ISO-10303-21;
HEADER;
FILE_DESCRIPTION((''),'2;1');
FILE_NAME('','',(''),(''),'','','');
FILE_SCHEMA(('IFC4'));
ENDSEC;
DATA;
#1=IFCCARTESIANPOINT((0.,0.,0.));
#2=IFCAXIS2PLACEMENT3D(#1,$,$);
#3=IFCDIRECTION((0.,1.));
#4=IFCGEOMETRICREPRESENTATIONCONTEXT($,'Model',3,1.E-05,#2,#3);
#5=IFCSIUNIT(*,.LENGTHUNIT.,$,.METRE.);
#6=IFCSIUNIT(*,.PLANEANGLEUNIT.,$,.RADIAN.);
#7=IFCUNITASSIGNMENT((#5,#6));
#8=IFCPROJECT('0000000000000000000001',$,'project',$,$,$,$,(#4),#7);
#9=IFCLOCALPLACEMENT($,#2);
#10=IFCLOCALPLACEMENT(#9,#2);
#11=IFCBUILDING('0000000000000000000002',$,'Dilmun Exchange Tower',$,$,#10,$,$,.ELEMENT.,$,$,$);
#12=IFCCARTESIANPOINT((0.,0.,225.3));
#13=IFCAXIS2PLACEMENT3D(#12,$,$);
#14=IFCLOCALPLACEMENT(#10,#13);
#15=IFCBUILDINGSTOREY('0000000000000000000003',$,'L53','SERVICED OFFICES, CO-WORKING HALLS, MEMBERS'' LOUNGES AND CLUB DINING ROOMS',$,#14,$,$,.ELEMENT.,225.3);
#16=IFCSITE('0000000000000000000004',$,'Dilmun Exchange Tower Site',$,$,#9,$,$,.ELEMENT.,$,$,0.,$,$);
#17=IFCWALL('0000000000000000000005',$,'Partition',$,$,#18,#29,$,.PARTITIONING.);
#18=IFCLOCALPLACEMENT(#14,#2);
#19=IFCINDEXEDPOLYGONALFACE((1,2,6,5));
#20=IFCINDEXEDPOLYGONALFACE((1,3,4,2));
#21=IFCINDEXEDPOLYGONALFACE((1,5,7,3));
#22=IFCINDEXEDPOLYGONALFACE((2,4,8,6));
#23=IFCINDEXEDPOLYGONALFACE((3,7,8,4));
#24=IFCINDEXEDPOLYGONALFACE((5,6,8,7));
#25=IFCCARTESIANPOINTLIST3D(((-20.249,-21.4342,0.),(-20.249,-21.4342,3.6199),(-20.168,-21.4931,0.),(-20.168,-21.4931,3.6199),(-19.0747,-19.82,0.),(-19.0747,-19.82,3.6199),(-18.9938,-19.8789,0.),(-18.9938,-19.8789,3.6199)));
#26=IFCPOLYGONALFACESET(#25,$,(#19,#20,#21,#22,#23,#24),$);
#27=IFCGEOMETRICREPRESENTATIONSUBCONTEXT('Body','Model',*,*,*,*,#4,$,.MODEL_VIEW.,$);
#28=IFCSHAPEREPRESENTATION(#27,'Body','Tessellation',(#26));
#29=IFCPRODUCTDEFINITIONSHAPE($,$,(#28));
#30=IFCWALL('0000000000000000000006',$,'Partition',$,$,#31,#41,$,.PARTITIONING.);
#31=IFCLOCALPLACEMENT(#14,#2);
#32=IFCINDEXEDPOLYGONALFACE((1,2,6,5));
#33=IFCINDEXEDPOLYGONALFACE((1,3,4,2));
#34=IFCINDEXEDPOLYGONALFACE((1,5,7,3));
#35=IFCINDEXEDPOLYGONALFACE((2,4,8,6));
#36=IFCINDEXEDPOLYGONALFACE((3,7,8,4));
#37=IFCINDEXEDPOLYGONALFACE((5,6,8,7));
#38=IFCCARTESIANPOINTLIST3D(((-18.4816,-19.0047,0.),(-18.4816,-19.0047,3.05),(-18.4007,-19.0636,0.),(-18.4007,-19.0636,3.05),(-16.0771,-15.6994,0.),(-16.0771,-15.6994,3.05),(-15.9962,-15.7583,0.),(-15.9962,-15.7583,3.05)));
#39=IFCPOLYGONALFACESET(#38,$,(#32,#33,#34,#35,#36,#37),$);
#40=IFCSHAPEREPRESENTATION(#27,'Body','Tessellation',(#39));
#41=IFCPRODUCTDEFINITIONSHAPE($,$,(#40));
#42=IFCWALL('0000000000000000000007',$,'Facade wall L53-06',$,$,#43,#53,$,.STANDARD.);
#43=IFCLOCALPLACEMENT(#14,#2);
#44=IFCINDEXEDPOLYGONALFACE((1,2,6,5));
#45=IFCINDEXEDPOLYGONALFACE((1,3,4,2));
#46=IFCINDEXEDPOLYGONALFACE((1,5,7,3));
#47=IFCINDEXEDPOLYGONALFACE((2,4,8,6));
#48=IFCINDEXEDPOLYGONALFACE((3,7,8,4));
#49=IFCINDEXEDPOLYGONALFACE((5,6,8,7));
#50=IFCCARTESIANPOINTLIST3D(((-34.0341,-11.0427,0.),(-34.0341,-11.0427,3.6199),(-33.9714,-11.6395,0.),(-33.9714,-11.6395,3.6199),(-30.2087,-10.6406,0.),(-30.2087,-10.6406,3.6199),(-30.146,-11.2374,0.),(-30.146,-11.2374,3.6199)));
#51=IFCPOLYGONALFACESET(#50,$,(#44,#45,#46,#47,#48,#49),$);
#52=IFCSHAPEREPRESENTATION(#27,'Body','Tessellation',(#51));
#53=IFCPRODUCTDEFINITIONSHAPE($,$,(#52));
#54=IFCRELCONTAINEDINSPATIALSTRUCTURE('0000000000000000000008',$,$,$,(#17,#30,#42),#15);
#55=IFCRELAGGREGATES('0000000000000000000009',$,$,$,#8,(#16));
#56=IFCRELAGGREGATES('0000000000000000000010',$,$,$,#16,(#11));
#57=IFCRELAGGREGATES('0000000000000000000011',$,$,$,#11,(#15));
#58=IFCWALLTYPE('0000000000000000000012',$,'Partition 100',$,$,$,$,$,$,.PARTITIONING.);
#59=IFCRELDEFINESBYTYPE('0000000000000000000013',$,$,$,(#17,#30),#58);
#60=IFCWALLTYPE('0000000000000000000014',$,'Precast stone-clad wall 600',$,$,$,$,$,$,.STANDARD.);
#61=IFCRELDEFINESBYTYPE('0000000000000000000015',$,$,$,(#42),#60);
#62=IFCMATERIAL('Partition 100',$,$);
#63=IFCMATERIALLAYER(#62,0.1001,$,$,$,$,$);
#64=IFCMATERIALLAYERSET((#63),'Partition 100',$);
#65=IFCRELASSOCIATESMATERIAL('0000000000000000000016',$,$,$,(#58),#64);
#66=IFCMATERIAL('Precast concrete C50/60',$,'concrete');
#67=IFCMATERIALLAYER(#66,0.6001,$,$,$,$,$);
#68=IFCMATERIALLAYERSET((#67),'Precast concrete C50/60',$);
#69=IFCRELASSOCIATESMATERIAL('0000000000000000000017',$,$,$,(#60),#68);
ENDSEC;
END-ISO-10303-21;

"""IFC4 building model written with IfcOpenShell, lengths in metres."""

from ifc_helpers import new_model, si_unit, direction, frame, frame_2d, origin, place, context, subcontext, project, spatial, rectangle, extrude, material, layer, layer_set, type_object, element, save


model = new_model("IFC4")

# Units and contexts
model_context = context("Model", 3, precision=1e-05, world=origin(), true_north=direction((0.0, 1.0)))
body_context = subcontext(model_context, "Body", "Model", "MODEL_VIEW")
ifc_project = project(units=[si_unit("LENGTHUNIT", "METRE"), si_unit("PLANEANGLEUNIT", "RADIAN")], contexts=[model_context])

# Site, building, storey
site_placement = place(None, origin())
site = spatial("IfcSite", under=ifc_project, at=site_placement, Name="Dilmun Exchange Tower Site", CompositionType="ELEMENT", RefElevation=0.0)
building_placement = place(site_placement, origin())
building = spatial("IfcBuilding", under=site, at=building_placement, Name="Dilmun Exchange Tower", CompositionType="ELEMENT")
storey_placement = place(building_placement, frame((0.0, 0.0, 225.3)))
storey = spatial("IfcBuildingStorey", under=building, at=storey_placement, Name="L53", Description="SERVICED OFFICES, CO-WORKING HALLS, MEMBERS' LOUNGES AND CLUB DINING ROOMS", CompositionType="ELEMENT", Elevation=225.3)

# Walls
ifc_material_1 = material(Name="Partition 100")
ifc_layer_1 = layer(ifc_material_1, 0.1001)
ifc_layer_set_1 = layer_set([ifc_layer_1], Name="Partition 100")
wall_type_1 = type_object("IfcWallType", Name="Partition 100", PredefinedType="PARTITIONING", material=ifc_layer_set_1)
wall_1_placement = place(storey_placement, frame((-20.2085, -21.4636, 0.0), z_axis=(0.0, 0.0, 1.0), x_axis=(0.588274, 0.808662, 0.0)))
element("IfcWall", 1, at=wall_1_placement, inside=storey, type_object=wall_type_1, Name="Partition", PredefinedType="PARTITIONING", context=body_context, shape_type="SweptSolid", body=[
    extrude(rectangle(XDim=1.9961, YDim=0.1001, at=frame_2d((0.998, 0.0))), origin(), (0.0, 0.0, 1.0), 3.6199),
])
wall_2_placement = place(storey_placement, frame((-18.4412, -19.0342, 0.0), z_axis=(0.0, 0.0, 1.0), x_axis=(0.588268, 0.808666, 0.0)))
element("IfcWall", 2, at=wall_2_placement, inside=storey, type_object=wall_type_1, Name="Partition", PredefinedType="PARTITIONING", context=body_context, shape_type="SweptSolid", body=[
    extrude(rectangle(XDim=4.0874, YDim=0.1001, at=frame_2d((2.0437, 0.0))), origin(), (0.0, 0.0, 1.0), 3.05),
])
ifc_material_2 = material(Name="Precast concrete C50/60", Category="concrete")
ifc_layer_2 = layer(ifc_material_2, 0.6001)
ifc_layer_set_2 = layer_set([ifc_layer_2], Name="Precast concrete C50/60")
wall_type_2 = type_object("IfcWallType", Name="Precast stone-clad wall 600", PredefinedType="STANDARD", material=ifc_layer_set_2)
wall_3_placement = place(storey_placement, frame((-30.1772, -10.939, 0.0), z_axis=(0.0, 0.0, 1.0), x_axis=(-0.994521, -0.104536, 0.0)))
element("IfcWall", 3, at=wall_3_placement, inside=storey, type_object=wall_type_2, Name="Facade wall L53-06", PredefinedType="STANDARD", context=body_context, shape_type="SweptSolid", body=[
    extrude(rectangle(XDim=3.8464, YDim=0.6001, at=frame_2d((1.9233, 0.0))), origin(), (0.0, 0.0, 1.0), 3.6199),
])

save(model, "model.ifc")
